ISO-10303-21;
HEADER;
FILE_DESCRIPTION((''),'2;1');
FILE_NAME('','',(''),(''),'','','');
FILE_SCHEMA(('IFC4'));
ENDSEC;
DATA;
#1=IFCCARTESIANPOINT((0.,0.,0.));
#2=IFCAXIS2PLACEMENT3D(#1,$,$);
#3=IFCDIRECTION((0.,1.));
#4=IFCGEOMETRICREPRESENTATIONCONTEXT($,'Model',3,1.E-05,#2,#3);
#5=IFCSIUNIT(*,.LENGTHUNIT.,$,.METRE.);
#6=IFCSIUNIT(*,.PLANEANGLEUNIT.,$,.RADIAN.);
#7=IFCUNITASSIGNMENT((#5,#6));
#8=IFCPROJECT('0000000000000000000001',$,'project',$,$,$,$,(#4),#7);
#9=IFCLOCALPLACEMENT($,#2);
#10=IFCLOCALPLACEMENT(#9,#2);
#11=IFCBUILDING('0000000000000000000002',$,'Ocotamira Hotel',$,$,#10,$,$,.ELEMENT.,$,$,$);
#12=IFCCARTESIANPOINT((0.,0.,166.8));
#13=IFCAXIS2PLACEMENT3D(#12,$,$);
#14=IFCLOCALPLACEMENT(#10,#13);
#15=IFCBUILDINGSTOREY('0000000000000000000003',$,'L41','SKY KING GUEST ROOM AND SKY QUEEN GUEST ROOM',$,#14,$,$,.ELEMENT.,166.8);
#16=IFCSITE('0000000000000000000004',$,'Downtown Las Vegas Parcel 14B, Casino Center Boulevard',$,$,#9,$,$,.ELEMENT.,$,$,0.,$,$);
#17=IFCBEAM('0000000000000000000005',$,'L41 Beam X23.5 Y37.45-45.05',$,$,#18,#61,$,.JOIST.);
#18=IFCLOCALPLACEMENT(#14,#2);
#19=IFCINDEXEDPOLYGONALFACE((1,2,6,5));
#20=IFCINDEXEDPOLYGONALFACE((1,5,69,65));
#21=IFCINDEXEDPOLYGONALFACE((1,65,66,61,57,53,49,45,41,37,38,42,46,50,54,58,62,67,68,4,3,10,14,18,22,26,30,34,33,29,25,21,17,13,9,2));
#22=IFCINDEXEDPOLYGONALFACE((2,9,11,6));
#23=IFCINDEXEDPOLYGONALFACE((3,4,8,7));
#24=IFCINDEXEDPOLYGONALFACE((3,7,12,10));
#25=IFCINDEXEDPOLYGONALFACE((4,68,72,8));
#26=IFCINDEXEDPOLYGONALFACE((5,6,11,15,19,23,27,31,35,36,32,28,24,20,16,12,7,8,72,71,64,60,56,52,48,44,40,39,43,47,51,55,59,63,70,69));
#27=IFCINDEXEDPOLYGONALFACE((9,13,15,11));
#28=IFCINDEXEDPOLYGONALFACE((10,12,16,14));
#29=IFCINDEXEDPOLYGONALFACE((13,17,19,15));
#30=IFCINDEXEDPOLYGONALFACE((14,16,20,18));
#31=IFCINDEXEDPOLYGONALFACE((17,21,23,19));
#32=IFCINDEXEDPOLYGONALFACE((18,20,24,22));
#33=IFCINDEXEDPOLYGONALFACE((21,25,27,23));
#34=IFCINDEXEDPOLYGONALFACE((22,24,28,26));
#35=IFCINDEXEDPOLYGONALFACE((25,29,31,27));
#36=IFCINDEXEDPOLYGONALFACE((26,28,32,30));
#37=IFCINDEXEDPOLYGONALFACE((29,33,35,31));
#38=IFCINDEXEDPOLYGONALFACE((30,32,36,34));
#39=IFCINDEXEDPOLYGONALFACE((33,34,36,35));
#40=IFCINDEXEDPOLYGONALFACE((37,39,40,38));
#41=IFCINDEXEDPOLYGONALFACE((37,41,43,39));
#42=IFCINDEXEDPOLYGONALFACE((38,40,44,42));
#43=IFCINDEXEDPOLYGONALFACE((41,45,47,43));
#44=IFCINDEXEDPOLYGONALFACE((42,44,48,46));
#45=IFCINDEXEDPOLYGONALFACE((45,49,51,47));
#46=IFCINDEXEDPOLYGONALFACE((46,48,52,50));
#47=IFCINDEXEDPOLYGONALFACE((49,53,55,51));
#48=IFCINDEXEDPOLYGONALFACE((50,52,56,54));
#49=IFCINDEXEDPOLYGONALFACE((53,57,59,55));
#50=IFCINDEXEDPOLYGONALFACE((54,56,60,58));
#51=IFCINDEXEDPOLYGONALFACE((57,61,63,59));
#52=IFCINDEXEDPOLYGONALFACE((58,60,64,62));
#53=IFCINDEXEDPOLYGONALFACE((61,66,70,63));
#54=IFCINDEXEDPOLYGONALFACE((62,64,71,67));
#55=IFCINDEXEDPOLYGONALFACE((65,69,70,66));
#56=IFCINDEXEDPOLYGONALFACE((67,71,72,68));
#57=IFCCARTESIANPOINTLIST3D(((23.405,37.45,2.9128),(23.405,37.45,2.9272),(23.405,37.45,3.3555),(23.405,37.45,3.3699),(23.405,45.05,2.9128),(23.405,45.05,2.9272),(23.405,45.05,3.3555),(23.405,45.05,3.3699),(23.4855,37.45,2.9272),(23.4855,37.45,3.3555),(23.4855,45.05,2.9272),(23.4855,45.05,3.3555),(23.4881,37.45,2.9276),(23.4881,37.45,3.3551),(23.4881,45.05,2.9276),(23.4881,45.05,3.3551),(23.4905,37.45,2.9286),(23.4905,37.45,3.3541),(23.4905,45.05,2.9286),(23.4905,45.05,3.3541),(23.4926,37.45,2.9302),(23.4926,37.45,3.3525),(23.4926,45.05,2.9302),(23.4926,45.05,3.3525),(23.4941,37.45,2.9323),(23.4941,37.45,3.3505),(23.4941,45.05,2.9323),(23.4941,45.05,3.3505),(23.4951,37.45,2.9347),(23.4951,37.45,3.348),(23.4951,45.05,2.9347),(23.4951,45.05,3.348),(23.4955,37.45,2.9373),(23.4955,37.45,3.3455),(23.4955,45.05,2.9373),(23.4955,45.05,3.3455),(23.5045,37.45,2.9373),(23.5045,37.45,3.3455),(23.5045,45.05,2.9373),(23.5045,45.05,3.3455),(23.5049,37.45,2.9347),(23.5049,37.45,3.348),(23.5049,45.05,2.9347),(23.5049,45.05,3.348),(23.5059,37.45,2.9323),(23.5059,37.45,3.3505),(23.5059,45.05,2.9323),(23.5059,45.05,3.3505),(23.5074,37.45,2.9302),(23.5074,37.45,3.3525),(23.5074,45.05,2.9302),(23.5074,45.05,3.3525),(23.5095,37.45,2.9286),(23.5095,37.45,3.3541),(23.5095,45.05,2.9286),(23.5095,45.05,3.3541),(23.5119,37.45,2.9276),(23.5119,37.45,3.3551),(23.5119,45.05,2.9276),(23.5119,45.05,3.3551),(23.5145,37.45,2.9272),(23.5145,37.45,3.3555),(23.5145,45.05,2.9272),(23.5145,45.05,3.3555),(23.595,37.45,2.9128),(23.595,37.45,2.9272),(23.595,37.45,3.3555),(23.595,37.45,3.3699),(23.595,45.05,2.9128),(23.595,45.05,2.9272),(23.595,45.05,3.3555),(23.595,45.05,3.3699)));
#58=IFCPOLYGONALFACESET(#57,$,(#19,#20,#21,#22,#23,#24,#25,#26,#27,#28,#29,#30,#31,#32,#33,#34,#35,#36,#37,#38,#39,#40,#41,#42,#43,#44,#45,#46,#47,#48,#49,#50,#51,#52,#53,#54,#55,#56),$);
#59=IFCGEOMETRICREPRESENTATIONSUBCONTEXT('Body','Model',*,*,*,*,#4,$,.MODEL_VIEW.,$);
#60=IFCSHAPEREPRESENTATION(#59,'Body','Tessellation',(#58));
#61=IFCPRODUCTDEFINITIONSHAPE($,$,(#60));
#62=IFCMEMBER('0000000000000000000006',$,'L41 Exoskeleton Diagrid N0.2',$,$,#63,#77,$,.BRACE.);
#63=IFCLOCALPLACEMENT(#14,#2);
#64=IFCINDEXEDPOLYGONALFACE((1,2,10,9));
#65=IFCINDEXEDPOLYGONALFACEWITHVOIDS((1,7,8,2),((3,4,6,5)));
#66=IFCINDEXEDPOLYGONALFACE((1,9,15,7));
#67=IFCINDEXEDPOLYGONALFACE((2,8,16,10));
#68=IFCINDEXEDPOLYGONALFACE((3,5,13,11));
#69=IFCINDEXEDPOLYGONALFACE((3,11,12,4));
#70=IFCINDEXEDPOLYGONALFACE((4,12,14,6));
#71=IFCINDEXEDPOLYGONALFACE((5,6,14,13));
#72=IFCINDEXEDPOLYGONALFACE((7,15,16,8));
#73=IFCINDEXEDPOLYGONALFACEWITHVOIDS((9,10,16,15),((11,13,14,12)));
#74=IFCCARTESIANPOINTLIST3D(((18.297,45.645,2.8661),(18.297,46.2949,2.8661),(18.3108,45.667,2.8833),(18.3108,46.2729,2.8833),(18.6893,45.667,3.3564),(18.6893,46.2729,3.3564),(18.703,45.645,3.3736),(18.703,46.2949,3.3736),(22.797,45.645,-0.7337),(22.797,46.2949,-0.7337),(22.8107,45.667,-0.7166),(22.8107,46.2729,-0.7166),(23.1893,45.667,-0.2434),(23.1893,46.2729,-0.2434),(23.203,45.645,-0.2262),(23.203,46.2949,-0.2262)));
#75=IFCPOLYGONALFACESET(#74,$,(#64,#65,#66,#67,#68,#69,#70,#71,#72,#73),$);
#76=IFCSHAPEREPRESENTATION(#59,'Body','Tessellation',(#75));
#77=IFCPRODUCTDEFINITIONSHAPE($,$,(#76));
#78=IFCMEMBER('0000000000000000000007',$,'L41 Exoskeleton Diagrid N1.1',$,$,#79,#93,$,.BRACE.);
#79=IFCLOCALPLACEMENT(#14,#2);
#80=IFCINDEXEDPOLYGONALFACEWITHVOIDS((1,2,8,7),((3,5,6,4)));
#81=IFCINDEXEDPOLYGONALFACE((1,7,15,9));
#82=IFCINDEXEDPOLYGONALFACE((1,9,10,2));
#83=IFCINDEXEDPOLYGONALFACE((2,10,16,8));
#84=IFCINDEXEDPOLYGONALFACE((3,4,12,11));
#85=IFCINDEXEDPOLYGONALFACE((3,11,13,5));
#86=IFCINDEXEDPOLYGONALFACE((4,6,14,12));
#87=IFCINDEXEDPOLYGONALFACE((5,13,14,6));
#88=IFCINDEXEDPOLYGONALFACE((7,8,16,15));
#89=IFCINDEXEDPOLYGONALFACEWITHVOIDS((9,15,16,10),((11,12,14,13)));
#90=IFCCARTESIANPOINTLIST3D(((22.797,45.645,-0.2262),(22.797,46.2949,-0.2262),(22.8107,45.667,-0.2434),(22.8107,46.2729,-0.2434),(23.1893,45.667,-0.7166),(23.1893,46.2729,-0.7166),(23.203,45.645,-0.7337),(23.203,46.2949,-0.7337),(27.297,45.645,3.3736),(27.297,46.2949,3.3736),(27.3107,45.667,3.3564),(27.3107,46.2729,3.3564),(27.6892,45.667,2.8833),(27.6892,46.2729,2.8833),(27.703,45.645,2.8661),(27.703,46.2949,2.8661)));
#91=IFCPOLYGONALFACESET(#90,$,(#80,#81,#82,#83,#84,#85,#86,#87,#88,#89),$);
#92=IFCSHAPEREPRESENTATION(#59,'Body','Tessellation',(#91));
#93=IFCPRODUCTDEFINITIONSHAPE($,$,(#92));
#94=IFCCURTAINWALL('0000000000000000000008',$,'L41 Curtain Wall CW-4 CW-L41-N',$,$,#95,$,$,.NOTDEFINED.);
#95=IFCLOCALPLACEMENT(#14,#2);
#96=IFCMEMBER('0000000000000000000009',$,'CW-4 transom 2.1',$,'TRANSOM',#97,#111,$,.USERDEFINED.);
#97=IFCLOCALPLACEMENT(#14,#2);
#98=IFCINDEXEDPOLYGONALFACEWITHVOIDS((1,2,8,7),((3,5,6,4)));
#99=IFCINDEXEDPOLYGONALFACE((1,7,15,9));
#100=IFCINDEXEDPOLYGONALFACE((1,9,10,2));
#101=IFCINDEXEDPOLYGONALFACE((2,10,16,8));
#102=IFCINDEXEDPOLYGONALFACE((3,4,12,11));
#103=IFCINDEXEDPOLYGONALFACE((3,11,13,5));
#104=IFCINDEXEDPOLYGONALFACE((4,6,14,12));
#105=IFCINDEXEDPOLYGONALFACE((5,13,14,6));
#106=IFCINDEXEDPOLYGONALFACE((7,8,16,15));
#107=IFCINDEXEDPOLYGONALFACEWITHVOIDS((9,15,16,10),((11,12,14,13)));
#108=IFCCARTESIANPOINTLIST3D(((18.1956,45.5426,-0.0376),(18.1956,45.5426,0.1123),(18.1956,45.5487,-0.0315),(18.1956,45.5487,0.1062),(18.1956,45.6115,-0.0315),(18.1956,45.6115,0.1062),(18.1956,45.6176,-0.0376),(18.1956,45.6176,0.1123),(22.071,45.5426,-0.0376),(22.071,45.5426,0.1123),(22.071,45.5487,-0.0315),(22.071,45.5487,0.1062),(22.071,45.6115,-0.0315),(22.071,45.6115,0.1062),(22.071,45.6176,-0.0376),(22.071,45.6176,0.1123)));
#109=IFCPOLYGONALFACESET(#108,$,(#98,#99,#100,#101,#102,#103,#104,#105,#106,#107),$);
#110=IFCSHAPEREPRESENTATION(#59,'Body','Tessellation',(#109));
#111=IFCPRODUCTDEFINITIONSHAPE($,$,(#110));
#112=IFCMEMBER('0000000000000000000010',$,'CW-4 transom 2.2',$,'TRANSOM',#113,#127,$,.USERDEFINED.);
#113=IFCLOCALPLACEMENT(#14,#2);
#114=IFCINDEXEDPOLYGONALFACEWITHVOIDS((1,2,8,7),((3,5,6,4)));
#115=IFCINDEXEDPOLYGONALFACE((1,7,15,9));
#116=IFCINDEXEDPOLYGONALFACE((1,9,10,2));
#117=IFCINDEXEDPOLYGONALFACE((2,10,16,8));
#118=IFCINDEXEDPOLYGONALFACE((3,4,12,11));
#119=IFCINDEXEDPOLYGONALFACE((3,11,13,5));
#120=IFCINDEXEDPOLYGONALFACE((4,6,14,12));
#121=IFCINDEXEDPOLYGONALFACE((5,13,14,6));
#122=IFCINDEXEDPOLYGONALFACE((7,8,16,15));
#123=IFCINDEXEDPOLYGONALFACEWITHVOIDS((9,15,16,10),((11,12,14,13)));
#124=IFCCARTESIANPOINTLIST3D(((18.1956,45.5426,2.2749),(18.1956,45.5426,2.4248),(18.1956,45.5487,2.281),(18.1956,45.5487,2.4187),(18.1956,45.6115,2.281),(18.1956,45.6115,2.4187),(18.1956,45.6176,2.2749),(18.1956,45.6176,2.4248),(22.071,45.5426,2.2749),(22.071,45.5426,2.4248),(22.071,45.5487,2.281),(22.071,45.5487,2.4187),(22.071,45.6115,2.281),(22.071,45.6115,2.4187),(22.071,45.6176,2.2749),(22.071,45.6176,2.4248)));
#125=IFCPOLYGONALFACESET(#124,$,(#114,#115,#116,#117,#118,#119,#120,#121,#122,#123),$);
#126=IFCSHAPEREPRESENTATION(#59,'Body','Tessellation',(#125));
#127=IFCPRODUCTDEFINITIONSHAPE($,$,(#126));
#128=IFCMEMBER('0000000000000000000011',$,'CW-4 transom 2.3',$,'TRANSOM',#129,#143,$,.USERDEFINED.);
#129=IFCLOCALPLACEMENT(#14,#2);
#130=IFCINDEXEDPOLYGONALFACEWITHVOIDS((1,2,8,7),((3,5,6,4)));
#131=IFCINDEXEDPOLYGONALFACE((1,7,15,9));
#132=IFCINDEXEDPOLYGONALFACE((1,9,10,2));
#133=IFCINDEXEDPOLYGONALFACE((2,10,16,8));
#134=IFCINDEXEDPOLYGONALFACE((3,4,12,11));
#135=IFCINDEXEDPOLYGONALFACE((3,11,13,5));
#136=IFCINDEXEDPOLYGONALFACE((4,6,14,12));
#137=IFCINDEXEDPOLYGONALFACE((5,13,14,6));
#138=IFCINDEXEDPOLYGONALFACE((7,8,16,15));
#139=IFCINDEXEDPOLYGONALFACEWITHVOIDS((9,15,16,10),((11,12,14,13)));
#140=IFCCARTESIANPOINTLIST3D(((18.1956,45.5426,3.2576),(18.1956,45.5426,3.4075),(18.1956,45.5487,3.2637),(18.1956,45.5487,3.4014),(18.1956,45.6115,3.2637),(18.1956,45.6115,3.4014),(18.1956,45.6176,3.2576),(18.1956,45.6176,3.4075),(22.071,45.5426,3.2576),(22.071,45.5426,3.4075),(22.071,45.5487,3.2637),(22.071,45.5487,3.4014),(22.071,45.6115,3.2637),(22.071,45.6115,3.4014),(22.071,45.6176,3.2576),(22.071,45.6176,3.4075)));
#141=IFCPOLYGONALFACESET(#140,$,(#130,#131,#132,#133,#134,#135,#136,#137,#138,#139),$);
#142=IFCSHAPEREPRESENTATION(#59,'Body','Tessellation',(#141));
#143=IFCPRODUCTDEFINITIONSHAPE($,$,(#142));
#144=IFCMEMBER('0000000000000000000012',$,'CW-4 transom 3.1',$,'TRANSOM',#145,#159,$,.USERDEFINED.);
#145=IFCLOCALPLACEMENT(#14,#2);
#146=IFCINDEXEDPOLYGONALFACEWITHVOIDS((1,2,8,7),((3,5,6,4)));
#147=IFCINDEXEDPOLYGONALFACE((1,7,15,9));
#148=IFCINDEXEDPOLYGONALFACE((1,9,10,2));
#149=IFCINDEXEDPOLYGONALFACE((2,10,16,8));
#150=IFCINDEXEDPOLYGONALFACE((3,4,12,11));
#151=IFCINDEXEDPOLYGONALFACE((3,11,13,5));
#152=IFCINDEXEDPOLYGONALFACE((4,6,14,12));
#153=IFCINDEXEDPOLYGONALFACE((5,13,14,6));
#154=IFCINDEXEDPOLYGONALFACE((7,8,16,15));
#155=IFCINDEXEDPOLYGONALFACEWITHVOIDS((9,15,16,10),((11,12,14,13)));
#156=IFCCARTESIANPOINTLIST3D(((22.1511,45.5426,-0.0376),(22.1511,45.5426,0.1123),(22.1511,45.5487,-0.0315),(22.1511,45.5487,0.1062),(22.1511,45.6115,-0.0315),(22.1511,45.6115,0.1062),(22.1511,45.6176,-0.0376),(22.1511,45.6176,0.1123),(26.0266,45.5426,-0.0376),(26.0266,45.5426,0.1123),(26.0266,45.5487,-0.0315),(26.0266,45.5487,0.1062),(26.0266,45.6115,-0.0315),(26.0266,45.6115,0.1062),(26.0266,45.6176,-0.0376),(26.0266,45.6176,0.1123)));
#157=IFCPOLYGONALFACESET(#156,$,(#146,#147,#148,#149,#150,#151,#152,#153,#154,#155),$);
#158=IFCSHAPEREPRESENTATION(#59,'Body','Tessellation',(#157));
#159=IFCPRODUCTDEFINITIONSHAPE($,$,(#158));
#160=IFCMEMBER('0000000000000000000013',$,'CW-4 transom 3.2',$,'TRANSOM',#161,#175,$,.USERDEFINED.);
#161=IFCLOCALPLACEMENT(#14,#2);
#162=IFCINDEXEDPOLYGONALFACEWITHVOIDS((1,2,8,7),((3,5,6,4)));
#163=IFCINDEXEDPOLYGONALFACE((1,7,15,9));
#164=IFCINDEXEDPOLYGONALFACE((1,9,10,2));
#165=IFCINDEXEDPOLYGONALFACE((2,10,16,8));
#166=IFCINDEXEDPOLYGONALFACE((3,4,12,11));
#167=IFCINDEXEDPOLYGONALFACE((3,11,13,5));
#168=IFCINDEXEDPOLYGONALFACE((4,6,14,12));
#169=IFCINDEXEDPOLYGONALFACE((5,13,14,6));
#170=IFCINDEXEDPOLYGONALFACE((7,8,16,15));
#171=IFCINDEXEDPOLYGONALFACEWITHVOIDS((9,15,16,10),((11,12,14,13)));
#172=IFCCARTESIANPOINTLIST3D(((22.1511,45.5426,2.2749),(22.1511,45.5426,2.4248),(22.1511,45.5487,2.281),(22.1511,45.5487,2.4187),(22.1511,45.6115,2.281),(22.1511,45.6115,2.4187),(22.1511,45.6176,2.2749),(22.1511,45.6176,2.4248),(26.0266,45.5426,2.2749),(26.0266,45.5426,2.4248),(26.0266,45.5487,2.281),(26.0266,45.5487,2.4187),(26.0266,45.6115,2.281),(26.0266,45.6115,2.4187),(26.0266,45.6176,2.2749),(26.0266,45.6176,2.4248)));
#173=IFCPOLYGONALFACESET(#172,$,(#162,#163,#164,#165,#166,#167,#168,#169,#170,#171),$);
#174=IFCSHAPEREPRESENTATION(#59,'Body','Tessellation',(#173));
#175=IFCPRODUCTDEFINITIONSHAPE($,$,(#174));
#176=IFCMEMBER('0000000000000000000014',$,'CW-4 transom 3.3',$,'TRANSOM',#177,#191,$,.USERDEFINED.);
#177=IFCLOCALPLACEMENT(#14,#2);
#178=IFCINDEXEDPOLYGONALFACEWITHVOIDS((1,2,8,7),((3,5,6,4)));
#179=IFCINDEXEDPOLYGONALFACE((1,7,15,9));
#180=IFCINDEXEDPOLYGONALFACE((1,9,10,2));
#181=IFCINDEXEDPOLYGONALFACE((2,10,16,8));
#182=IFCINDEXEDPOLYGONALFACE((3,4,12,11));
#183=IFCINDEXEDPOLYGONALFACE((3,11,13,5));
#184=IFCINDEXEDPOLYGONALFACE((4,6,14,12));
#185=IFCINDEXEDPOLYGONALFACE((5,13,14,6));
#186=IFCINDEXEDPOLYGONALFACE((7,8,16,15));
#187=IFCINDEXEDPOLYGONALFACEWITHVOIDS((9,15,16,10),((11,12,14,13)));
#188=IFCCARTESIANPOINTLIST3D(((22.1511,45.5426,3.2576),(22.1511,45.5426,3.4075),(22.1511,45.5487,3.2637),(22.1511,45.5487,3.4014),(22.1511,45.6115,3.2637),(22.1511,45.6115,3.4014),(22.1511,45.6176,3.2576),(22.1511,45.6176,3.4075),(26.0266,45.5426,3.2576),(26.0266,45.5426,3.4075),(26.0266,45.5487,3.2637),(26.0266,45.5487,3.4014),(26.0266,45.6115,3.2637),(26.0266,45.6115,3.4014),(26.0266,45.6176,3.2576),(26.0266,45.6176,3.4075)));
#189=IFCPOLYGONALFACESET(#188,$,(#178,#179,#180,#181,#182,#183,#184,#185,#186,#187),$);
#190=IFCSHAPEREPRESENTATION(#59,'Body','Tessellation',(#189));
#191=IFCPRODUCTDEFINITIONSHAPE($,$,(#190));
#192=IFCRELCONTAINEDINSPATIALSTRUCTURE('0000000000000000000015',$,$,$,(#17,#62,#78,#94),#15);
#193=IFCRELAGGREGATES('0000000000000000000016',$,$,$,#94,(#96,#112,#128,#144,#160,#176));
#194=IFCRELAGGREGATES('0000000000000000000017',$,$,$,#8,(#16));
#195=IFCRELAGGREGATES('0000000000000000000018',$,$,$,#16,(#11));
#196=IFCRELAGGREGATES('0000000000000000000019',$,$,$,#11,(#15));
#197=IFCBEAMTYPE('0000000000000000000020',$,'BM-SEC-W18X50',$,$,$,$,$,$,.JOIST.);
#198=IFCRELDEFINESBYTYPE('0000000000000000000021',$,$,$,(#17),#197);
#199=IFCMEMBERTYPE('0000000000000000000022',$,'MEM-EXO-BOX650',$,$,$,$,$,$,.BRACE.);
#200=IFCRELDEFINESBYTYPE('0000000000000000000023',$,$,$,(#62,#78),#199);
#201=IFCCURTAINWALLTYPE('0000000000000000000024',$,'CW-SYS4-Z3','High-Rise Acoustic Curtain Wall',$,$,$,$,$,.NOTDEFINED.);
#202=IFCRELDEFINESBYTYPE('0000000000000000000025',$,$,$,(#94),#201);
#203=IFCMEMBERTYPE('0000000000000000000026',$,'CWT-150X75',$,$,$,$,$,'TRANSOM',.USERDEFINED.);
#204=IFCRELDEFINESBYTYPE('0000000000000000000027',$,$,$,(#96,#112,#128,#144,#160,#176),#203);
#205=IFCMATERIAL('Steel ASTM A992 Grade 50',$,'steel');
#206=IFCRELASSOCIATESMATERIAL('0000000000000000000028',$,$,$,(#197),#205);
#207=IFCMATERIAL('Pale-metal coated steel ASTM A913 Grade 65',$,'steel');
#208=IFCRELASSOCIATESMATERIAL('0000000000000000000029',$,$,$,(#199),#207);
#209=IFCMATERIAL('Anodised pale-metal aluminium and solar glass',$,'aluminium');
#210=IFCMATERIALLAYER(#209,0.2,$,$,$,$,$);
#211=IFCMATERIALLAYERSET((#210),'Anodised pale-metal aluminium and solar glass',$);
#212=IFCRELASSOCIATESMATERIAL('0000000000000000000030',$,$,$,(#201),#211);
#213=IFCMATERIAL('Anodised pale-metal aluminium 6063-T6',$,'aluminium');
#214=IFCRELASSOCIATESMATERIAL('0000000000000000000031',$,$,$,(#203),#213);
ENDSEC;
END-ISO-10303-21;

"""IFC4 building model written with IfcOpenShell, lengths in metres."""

from ifc_helpers import new_model, si_unit, direction, frame, origin, origin_2d, place, context, subcontext, project, spatial, hollow_rectangle, i_section, extrude, source, transform, mapped, material, layer, layer_set, material_profile, profile_set, type_object, element, aggregate, save


model = new_model("IFC4")

# Units and contexts
model_context = context("Model", 3, precision=1e-05, world=origin(), true_north=direction((0.0, 1.0)))
body_context = subcontext(model_context, "Body", "Model", "MODEL_VIEW")
ifc_project = project(units=[si_unit("LENGTHUNIT", "METRE"), si_unit("PLANEANGLEUNIT", "RADIAN")], contexts=[model_context])

# Site, building, storey
site_placement = place(None, origin())
site = spatial("IfcSite", under=ifc_project, at=site_placement, Name="Downtown Las Vegas Parcel 14B, Casino Center Boulevard", CompositionType="ELEMENT", RefElevation=0.0)
building_placement = place(site_placement, origin())
building = spatial("IfcBuilding", under=site, at=building_placement, Name="Ocotamira Hotel", CompositionType="ELEMENT")
storey_placement = place(building_placement, frame((0.0, 0.0, 166.8)))
storey = spatial("IfcBuildingStorey", under=building, at=storey_placement, Name="L41", Description="SKY KING GUEST ROOM AND SKY QUEEN GUEST ROOM", CompositionType="ELEMENT", Elevation=166.8)

# Beam
ifc_material_1 = material(Name="Steel ASTM A992 Grade 50", Category="steel")
ifc_material_profile_1 = material_profile(ifc_material_1, i_section(OverallWidth=0.1899, OverallDepth=0.457, WebThickness=0.009, FlangeThickness=0.0144, FilletRadius=0.01, at=origin_2d()), Name="W18X50")
ifc_profile_set_1 = profile_set([ifc_material_profile_1], Name="Steel ASTM A992 Grade 50")
beam_type_1 = type_object("IfcBeamType", Name="BM-SEC-W18X50", PredefinedType="JOIST", material=ifc_profile_set_1)
shared_shape_1 = source(origin(), body_context, "Body", "SweptSolid", [
    extrude(i_section(OverallWidth=0.1899, OverallDepth=0.457, WebThickness=0.009, FlangeThickness=0.0144, FilletRadius=0.01, at=origin_2d()), origin(), (0.0, 0.0, 1.0), 7.6001),
])
beam_1_placement = place(storey_placement, frame((23.5, 37.45, 3.1414), z_axis=(0.0, 1.0, 0.0), x_axis=(-1.0, 0.0, 0.0)))
element("IfcBeam", 1, at=beam_1_placement, inside=storey, type_object=beam_type_1, Name="L41 Beam X23.5 Y37.45-45.05", PredefinedType="JOIST", context=body_context, shape_type="MappedRepresentation", body=[
    mapped(shared_shape_1, transform((0.0, 0.0, 0.0), scale=1.0)),
])

# Members
ifc_material_2 = material(Name="Pale-metal coated steel ASTM A913 Grade 65", Category="steel")
ifc_material_profile_2 = material_profile(ifc_material_2, hollow_rectangle(XDim=0.6499, YDim=0.6499, WallThickness=0.022, at=origin_2d()), Name="BOX650X650X22")
ifc_profile_set_2 = profile_set([ifc_material_profile_2], Name="Pale-metal coated steel ASTM A913 Grade 65")
member_type_1 = type_object("IfcMemberType", Name="MEM-EXO-BOX650", PredefinedType="BRACE", material=ifc_profile_set_2)
shared_shape_2 = source(origin(), body_context, "Body", "SweptSolid", [
    extrude(hollow_rectangle(XDim=0.6499, YDim=0.6499, WallThickness=0.022, at=origin_2d()), origin(), (0.0, 0.0, 1.0), 5.7627),
])
for number, where, z_axis, x_axis, name in (
    (2, (23.0, 45.97, -0.48), (-0.780881, 0.0, 0.62468), (0.0, -1.0, 0.0), "L41 Exoskeleton Diagrid N0.2"),
    (3, (23.0, 45.97, -0.48), (0.780881, 0.0, 0.62468), (0.0, 1.0, 0.0), "L41 Exoskeleton Diagrid N1.1"),
):
    element("IfcMember", number, at=place(storey_placement, frame(where, z_axis=z_axis, x_axis=x_axis)), inside=storey, type_object=member_type_1, Name=name, PredefinedType="BRACE", context=body_context, shape_type="MappedRepresentation", body=[
        mapped(shared_shape_2, transform((0.0, 0.0, 0.0), scale=1.0)),
    ])

# Curtain wall, members
ifc_material_3 = material(Name="Anodised pale-metal aluminium and solar glass", Category="aluminium")
ifc_layer_1 = layer(ifc_material_3, 0.2)
ifc_layer_set_1 = layer_set([ifc_layer_1], Name="Anodised pale-metal aluminium and solar glass")
curtain_wall_type = type_object("IfcCurtainWallType", Name="CW-SYS4-Z3", Description="High-Rise Acoustic Curtain Wall", PredefinedType="NOTDEFINED", material=ifc_layer_set_1)
curtain_wall_placement = place(storey_placement, origin())
curtain_wall = element("IfcCurtainWall", 4, at=curtain_wall_placement, inside=storey, type_object=curtain_wall_type, Name="L41 Curtain Wall CW-4 CW-L41-N", PredefinedType="NOTDEFINED")
ifc_material_4 = material(Name="Anodised pale-metal aluminium 6063-T6", Category="aluminium")
ifc_material_profile_3 = material_profile(ifc_material_4, hollow_rectangle(XDim=0.075, YDim=0.1499, WallThickness=0.0061, at=origin_2d()), Name="HSS150X75X6")
ifc_profile_set_3 = profile_set([ifc_material_profile_3], Name="Anodised pale-metal aluminium 6063-T6")
member_type_2 = type_object("IfcMemberType", Name="CWT-150X75", ElementType="TRANSOM", PredefinedType="USERDEFINED", material=ifc_profile_set_3)
shared_shape_3 = source(origin(), body_context, "Body", "SweptSolid", [
    extrude(hollow_rectangle(XDim=0.075, YDim=0.1499, WallThickness=0.0061, at=origin_2d()), origin(), (0.0, 0.0, 1.0), 3.8755),
])
member_1_placement = place(storey_placement, frame((18.1956, 45.5801, 0.0374), z_axis=(1.0, 0.0, 0.0), x_axis=(0.0, 1.0, 0.0)))
member_1 = element("IfcMember", 5, at=member_1_placement, type_object=member_type_2, Name="CW-4 transom 2.1", ObjectType="TRANSOM", PredefinedType="USERDEFINED", context=body_context, shape_type="MappedRepresentation", body=[
    mapped(shared_shape_3, transform((0.0, 0.0, 0.0), scale=1.0)),
])
member_2_placement = place(storey_placement, frame((18.1956, 45.5801, 2.3499), z_axis=(1.0, 0.0, 0.0), x_axis=(0.0, 1.0, 0.0)))
member_2 = element("IfcMember", 6, at=member_2_placement, type_object=member_type_2, Name="CW-4 transom 2.2", ObjectType="TRANSOM", PredefinedType="USERDEFINED", context=body_context, shape_type="MappedRepresentation", body=[
    mapped(shared_shape_3, transform((0.0, 0.0, 0.0), scale=1.0)),
])
member_3_placement = place(storey_placement, frame((18.1956, 45.5801, 3.3325), z_axis=(1.0, 0.0, 0.0), x_axis=(0.0, 1.0, 0.0)))
member_3 = element("IfcMember", 7, at=member_3_placement, type_object=member_type_2, Name="CW-4 transom 2.3", ObjectType="TRANSOM", PredefinedType="USERDEFINED", context=body_context, shape_type="MappedRepresentation", body=[
    mapped(shared_shape_3, transform((0.0, 0.0, 0.0), scale=1.0)),
])
member_4_placement = place(storey_placement, frame((22.1511, 45.5801, 0.0374), z_axis=(1.0, 0.0, 0.0), x_axis=(0.0, 1.0, 0.0)))
member_4 = element("IfcMember", 8, at=member_4_placement, type_object=member_type_2, Name="CW-4 transom 3.1", ObjectType="TRANSOM", PredefinedType="USERDEFINED", context=body_context, shape_type="MappedRepresentation", body=[
    mapped(shared_shape_3, transform((0.0, 0.0, 0.0), scale=1.0)),
])
member_5_placement = place(storey_placement, frame((22.1511, 45.5801, 2.3499), z_axis=(1.0, 0.0, 0.0), x_axis=(0.0, 1.0, 0.0)))
member_5 = element("IfcMember", 9, at=member_5_placement, type_object=member_type_2, Name="CW-4 transom 3.2", ObjectType="TRANSOM", PredefinedType="USERDEFINED", context=body_context, shape_type="MappedRepresentation", body=[
    mapped(shared_shape_3, transform((0.0, 0.0, 0.0), scale=1.0)),
])
member_6_placement = place(storey_placement, frame((22.1511, 45.5801, 3.3325), z_axis=(1.0, 0.0, 0.0), x_axis=(0.0, 1.0, 0.0)))
member_6 = element("IfcMember", 10, at=member_6_placement, type_object=member_type_2, Name="CW-4 transom 3.3", ObjectType="TRANSOM", PredefinedType="USERDEFINED", context=body_context, shape_type="MappedRepresentation", body=[
    mapped(shared_shape_3, transform((0.0, 0.0, 0.0), scale=1.0)),
])

aggregate(curtain_wall, [member_1, member_2, member_3, member_4, member_5, member_6])

save(model, "model.ifc")
